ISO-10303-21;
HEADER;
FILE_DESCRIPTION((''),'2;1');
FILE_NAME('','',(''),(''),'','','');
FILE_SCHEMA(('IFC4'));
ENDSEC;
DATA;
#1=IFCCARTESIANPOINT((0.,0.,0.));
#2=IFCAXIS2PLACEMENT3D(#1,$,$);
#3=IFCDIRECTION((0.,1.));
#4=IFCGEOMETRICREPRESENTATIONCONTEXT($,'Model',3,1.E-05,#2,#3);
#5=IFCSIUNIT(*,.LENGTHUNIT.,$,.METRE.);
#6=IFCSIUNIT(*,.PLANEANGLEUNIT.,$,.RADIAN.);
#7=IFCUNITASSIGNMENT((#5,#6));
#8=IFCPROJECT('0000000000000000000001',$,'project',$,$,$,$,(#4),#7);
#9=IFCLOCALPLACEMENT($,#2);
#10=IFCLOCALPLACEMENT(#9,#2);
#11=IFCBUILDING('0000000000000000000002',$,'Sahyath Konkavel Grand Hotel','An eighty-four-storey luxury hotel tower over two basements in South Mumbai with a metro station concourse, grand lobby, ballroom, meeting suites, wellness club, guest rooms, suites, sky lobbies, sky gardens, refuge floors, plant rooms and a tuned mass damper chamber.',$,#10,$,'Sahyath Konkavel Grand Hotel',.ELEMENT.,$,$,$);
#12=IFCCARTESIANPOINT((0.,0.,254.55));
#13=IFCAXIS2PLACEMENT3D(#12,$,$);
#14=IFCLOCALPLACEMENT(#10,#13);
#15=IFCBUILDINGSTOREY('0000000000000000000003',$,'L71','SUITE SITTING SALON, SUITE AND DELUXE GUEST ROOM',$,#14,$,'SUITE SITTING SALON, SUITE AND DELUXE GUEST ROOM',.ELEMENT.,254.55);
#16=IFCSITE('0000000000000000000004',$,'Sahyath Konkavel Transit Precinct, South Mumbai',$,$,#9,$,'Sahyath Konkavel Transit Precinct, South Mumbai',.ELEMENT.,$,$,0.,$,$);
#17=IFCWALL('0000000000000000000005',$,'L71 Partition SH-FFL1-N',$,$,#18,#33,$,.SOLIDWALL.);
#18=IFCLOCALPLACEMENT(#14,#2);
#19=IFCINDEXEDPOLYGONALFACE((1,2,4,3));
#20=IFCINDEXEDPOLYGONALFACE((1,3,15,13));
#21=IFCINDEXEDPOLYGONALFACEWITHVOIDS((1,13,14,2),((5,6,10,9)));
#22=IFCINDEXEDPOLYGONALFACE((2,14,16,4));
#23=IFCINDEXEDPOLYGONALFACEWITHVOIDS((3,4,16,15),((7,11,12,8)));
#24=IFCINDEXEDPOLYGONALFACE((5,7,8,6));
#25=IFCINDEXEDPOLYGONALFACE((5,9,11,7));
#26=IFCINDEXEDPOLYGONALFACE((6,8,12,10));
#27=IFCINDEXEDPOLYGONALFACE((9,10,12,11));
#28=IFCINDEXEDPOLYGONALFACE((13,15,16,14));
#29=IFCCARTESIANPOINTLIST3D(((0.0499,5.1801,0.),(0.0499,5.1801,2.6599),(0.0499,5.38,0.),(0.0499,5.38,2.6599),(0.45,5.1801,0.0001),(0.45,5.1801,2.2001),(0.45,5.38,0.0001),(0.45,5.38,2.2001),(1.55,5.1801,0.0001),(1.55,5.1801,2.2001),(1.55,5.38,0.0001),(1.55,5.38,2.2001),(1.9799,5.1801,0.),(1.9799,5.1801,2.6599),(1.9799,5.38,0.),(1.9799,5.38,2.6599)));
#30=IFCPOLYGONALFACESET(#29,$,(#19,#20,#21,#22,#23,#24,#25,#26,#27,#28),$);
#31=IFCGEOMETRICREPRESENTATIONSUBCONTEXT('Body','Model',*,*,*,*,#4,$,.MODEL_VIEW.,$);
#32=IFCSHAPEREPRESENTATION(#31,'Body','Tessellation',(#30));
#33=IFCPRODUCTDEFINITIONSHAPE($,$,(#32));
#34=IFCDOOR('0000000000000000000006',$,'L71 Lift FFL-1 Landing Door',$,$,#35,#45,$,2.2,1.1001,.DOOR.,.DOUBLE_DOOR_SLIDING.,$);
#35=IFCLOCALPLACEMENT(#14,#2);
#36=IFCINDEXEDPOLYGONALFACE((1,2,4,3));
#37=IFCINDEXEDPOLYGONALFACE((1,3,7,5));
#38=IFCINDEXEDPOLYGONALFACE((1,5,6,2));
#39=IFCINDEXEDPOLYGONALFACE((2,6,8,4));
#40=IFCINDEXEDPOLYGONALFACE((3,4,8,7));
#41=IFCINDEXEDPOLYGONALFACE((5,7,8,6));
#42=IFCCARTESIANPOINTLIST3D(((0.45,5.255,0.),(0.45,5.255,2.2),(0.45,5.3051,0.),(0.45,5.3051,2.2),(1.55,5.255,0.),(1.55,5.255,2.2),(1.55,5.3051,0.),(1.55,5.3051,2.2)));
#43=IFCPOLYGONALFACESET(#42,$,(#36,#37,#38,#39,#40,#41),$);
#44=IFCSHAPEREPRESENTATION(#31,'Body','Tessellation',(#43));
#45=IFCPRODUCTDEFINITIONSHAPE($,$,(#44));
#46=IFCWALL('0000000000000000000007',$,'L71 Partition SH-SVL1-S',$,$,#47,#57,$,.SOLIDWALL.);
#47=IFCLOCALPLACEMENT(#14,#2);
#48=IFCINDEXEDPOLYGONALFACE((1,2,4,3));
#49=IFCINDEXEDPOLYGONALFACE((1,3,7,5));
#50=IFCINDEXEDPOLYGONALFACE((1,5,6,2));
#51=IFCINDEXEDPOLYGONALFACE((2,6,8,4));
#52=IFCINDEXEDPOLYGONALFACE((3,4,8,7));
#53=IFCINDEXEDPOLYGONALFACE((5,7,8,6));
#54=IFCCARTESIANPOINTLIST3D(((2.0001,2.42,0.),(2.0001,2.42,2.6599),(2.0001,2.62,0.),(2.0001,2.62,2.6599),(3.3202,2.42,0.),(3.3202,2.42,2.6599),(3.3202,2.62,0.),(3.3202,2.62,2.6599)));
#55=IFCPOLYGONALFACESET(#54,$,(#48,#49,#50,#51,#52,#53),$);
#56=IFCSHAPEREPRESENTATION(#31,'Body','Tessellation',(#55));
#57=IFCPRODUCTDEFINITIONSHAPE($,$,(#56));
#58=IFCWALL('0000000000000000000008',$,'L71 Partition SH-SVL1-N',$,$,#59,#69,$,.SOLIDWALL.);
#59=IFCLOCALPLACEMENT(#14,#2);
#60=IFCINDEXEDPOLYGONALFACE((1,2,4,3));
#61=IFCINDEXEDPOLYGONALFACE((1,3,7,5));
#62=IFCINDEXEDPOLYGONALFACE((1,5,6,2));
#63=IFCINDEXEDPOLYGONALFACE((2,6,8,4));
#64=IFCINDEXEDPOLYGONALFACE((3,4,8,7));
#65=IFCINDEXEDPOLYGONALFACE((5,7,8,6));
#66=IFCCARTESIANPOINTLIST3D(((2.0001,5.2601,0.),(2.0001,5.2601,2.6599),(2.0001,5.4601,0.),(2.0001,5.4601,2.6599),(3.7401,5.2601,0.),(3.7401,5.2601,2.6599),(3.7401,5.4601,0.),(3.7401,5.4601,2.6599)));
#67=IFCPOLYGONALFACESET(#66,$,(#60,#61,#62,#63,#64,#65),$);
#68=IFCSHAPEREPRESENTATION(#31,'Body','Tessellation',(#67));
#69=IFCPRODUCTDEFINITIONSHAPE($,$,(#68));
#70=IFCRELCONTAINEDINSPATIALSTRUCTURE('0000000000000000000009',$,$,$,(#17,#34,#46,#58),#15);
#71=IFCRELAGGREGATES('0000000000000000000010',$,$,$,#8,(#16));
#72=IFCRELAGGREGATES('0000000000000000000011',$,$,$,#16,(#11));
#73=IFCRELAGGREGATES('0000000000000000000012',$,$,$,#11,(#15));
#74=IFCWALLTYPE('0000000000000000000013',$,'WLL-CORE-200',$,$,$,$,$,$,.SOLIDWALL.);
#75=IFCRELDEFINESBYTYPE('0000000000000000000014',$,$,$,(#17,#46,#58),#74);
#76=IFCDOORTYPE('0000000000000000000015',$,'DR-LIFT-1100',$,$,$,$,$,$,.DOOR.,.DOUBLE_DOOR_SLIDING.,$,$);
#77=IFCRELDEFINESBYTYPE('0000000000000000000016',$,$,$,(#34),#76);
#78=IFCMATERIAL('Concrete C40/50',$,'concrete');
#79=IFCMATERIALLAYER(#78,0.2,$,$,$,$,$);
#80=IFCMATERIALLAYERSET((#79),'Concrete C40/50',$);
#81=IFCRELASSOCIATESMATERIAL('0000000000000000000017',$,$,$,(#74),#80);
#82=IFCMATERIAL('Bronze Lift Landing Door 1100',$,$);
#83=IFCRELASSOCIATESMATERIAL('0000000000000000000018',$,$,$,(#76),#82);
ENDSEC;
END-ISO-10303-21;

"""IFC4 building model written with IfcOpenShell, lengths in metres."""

from ifc_helpers import new_model, si_unit, direction, frame, frame_2d, origin, origin_2d, place, context, subcontext, project, spatial, rectangle, extrude, source, transform, mapped, material, layer, layer_set, type_object, element, fill, save


model = new_model("IFC4")

# Units and contexts
model_context = context("Model", 3, precision=1e-05, world=origin(), true_north=direction((0.0, 1.0)))
body_context = subcontext(model_context, "Body", "Model", "MODEL_VIEW")
ifc_project = project(units=[si_unit("LENGTHUNIT", "METRE"), si_unit("PLANEANGLEUNIT", "RADIAN")], contexts=[model_context])

# Site, building, storey
site_placement = place(None, origin())
site = spatial("IfcSite", under=ifc_project, at=site_placement, Name="Sahyath Konkavel Transit Precinct, South Mumbai", LongName="Sahyath Konkavel Transit Precinct, South Mumbai", CompositionType="ELEMENT", RefElevation=0.0)
building_placement = place(site_placement, origin())
building = spatial("IfcBuilding", under=site, at=building_placement, Name="Sahyath Konkavel Grand Hotel", Description="An eighty-four-storey luxury hotel tower over two basements in South Mumbai with a metro station concourse, grand lobby, ballroom, meeting suites, wellness club, guest rooms, suites, sky lobbies, sky gardens, refuge floors, plant rooms and a tuned mass damper chamber.", LongName="Sahyath Konkavel Grand Hotel", CompositionType="ELEMENT")
storey_placement = place(building_placement, frame((0.0, 0.0, 254.55)))
storey = spatial("IfcBuildingStorey", under=building, at=storey_placement, Name="L71", Description="SUITE SITTING SALON, SUITE AND DELUXE GUEST ROOM", LongName="SUITE SITTING SALON, SUITE AND DELUXE GUEST ROOM", CompositionType="ELEMENT", Elevation=254.55)

# Shared definitions
ifc_material_1 = material(Name="Concrete C40/50", Category="concrete")

# Shared definitions
ifc_layer_1 = layer(ifc_material_1, 0.2)
ifc_layer_set_1 = layer_set([ifc_layer_1], Name="Concrete C40/50")
wall_type = type_object("IfcWallType", Name="WLL-CORE-200", PredefinedType="SOLIDWALL", material=ifc_layer_set_1)

# Wall, opening, door
wall_1_placement = place(storey_placement, frame((0.05, 5.28, 0.0), z_axis=(0.0, 0.0, 1.0), x_axis=(1.0, 0.0, 0.0)))
wall_1 = element("IfcWall", 1, at=wall_1_placement, inside=storey, type_object=wall_type, Name="L71 Partition SH-FFL1-N", PredefinedType="SOLIDWALL", context=body_context, shape_type="SweptSolid", body=[
    extrude(rectangle(XDim=1.9299, YDim=0.2, at=frame_2d((0.9648, 0.0))), origin(), (0.0, 0.0, 1.0), 2.6599),
])
opening_1_placement = place(wall_1_placement, frame((0.3999, 0.0, 0.0)))
opening_1 = element("IfcOpeningElement", 2, at=opening_1_placement, cuts=wall_1, PredefinedType="OPENING", context=body_context, shape_type="SweptSolid", body=[
    extrude(rectangle(XDim=1.1001, YDim=2.2, at=frame_2d((0.55, 1.1001))), frame((0.0, 0.1099, 0.0), z_axis=(0.0, -1.0, 0.0), x_axis=(1.0, 0.0, 0.0)), (0.0, 0.0, 1.0), 0.22),
])
ifc_material_2 = material(Name="Bronze Lift Landing Door 1100")
door_type_1 = type_object("IfcDoorType", Name="DR-LIFT-1100", OperationType="DOUBLE_DOOR_SLIDING", PredefinedType="DOOR", material=ifc_material_2)
shared_shape_1 = source(origin(), body_context, "Body", "SweptSolid", [
    extrude(rectangle(XDim=1.1001, YDim=0.05, at=origin_2d()), origin(), (0.0, 0.0, 1.0), 2.2),
])
door_1_placement = place(opening_1_placement, frame((0.55, 0.0, 0.0)))
door_1 = element("IfcDoor", 3, at=door_1_placement, inside=storey, type_object=door_type_1, Name="L71 Lift FFL-1 Landing Door", OperationType="DOUBLE_DOOR_SLIDING", OverallHeight=2.2, OverallWidth=1.1001, PredefinedType="DOOR", context=body_context, shape_type="MappedRepresentation", body=[
    mapped(shared_shape_1, transform((0.0, 0.0, 0.0), scale=1.0)),
])
fill(opening_1, door_1)

# Walls
wall_2_placement = place(storey_placement, frame((2.0, 2.52, 0.0), z_axis=(0.0, 0.0, 1.0), x_axis=(1.0, 0.0, 0.0)))
element("IfcWall", 4, at=wall_2_placement, inside=storey, type_object=wall_type, Name="L71 Partition SH-SVL1-S", PredefinedType="SOLIDWALL", context=body_context, shape_type="SweptSolid", body=[
    extrude(rectangle(XDim=1.3201, YDim=0.2, at=frame_2d((0.6602, 0.0))), origin(), (0.0, 0.0, 1.0), 2.6599),
])
wall_3_placement = place(storey_placement, frame((2.0, 5.3601, 0.0), z_axis=(0.0, 0.0, 1.0), x_axis=(1.0, 0.0, 0.0)))
element("IfcWall", 5, at=wall_3_placement, inside=storey, type_object=wall_type, Name="L71 Partition SH-SVL1-N", PredefinedType="SOLIDWALL", context=body_context, shape_type="SweptSolid", body=[
    extrude(rectangle(XDim=1.74, YDim=0.2, at=frame_2d((0.8701, 0.0))), origin(), (0.0, 0.0, 1.0), 2.6599),
])

save(model, "model.ifc")
